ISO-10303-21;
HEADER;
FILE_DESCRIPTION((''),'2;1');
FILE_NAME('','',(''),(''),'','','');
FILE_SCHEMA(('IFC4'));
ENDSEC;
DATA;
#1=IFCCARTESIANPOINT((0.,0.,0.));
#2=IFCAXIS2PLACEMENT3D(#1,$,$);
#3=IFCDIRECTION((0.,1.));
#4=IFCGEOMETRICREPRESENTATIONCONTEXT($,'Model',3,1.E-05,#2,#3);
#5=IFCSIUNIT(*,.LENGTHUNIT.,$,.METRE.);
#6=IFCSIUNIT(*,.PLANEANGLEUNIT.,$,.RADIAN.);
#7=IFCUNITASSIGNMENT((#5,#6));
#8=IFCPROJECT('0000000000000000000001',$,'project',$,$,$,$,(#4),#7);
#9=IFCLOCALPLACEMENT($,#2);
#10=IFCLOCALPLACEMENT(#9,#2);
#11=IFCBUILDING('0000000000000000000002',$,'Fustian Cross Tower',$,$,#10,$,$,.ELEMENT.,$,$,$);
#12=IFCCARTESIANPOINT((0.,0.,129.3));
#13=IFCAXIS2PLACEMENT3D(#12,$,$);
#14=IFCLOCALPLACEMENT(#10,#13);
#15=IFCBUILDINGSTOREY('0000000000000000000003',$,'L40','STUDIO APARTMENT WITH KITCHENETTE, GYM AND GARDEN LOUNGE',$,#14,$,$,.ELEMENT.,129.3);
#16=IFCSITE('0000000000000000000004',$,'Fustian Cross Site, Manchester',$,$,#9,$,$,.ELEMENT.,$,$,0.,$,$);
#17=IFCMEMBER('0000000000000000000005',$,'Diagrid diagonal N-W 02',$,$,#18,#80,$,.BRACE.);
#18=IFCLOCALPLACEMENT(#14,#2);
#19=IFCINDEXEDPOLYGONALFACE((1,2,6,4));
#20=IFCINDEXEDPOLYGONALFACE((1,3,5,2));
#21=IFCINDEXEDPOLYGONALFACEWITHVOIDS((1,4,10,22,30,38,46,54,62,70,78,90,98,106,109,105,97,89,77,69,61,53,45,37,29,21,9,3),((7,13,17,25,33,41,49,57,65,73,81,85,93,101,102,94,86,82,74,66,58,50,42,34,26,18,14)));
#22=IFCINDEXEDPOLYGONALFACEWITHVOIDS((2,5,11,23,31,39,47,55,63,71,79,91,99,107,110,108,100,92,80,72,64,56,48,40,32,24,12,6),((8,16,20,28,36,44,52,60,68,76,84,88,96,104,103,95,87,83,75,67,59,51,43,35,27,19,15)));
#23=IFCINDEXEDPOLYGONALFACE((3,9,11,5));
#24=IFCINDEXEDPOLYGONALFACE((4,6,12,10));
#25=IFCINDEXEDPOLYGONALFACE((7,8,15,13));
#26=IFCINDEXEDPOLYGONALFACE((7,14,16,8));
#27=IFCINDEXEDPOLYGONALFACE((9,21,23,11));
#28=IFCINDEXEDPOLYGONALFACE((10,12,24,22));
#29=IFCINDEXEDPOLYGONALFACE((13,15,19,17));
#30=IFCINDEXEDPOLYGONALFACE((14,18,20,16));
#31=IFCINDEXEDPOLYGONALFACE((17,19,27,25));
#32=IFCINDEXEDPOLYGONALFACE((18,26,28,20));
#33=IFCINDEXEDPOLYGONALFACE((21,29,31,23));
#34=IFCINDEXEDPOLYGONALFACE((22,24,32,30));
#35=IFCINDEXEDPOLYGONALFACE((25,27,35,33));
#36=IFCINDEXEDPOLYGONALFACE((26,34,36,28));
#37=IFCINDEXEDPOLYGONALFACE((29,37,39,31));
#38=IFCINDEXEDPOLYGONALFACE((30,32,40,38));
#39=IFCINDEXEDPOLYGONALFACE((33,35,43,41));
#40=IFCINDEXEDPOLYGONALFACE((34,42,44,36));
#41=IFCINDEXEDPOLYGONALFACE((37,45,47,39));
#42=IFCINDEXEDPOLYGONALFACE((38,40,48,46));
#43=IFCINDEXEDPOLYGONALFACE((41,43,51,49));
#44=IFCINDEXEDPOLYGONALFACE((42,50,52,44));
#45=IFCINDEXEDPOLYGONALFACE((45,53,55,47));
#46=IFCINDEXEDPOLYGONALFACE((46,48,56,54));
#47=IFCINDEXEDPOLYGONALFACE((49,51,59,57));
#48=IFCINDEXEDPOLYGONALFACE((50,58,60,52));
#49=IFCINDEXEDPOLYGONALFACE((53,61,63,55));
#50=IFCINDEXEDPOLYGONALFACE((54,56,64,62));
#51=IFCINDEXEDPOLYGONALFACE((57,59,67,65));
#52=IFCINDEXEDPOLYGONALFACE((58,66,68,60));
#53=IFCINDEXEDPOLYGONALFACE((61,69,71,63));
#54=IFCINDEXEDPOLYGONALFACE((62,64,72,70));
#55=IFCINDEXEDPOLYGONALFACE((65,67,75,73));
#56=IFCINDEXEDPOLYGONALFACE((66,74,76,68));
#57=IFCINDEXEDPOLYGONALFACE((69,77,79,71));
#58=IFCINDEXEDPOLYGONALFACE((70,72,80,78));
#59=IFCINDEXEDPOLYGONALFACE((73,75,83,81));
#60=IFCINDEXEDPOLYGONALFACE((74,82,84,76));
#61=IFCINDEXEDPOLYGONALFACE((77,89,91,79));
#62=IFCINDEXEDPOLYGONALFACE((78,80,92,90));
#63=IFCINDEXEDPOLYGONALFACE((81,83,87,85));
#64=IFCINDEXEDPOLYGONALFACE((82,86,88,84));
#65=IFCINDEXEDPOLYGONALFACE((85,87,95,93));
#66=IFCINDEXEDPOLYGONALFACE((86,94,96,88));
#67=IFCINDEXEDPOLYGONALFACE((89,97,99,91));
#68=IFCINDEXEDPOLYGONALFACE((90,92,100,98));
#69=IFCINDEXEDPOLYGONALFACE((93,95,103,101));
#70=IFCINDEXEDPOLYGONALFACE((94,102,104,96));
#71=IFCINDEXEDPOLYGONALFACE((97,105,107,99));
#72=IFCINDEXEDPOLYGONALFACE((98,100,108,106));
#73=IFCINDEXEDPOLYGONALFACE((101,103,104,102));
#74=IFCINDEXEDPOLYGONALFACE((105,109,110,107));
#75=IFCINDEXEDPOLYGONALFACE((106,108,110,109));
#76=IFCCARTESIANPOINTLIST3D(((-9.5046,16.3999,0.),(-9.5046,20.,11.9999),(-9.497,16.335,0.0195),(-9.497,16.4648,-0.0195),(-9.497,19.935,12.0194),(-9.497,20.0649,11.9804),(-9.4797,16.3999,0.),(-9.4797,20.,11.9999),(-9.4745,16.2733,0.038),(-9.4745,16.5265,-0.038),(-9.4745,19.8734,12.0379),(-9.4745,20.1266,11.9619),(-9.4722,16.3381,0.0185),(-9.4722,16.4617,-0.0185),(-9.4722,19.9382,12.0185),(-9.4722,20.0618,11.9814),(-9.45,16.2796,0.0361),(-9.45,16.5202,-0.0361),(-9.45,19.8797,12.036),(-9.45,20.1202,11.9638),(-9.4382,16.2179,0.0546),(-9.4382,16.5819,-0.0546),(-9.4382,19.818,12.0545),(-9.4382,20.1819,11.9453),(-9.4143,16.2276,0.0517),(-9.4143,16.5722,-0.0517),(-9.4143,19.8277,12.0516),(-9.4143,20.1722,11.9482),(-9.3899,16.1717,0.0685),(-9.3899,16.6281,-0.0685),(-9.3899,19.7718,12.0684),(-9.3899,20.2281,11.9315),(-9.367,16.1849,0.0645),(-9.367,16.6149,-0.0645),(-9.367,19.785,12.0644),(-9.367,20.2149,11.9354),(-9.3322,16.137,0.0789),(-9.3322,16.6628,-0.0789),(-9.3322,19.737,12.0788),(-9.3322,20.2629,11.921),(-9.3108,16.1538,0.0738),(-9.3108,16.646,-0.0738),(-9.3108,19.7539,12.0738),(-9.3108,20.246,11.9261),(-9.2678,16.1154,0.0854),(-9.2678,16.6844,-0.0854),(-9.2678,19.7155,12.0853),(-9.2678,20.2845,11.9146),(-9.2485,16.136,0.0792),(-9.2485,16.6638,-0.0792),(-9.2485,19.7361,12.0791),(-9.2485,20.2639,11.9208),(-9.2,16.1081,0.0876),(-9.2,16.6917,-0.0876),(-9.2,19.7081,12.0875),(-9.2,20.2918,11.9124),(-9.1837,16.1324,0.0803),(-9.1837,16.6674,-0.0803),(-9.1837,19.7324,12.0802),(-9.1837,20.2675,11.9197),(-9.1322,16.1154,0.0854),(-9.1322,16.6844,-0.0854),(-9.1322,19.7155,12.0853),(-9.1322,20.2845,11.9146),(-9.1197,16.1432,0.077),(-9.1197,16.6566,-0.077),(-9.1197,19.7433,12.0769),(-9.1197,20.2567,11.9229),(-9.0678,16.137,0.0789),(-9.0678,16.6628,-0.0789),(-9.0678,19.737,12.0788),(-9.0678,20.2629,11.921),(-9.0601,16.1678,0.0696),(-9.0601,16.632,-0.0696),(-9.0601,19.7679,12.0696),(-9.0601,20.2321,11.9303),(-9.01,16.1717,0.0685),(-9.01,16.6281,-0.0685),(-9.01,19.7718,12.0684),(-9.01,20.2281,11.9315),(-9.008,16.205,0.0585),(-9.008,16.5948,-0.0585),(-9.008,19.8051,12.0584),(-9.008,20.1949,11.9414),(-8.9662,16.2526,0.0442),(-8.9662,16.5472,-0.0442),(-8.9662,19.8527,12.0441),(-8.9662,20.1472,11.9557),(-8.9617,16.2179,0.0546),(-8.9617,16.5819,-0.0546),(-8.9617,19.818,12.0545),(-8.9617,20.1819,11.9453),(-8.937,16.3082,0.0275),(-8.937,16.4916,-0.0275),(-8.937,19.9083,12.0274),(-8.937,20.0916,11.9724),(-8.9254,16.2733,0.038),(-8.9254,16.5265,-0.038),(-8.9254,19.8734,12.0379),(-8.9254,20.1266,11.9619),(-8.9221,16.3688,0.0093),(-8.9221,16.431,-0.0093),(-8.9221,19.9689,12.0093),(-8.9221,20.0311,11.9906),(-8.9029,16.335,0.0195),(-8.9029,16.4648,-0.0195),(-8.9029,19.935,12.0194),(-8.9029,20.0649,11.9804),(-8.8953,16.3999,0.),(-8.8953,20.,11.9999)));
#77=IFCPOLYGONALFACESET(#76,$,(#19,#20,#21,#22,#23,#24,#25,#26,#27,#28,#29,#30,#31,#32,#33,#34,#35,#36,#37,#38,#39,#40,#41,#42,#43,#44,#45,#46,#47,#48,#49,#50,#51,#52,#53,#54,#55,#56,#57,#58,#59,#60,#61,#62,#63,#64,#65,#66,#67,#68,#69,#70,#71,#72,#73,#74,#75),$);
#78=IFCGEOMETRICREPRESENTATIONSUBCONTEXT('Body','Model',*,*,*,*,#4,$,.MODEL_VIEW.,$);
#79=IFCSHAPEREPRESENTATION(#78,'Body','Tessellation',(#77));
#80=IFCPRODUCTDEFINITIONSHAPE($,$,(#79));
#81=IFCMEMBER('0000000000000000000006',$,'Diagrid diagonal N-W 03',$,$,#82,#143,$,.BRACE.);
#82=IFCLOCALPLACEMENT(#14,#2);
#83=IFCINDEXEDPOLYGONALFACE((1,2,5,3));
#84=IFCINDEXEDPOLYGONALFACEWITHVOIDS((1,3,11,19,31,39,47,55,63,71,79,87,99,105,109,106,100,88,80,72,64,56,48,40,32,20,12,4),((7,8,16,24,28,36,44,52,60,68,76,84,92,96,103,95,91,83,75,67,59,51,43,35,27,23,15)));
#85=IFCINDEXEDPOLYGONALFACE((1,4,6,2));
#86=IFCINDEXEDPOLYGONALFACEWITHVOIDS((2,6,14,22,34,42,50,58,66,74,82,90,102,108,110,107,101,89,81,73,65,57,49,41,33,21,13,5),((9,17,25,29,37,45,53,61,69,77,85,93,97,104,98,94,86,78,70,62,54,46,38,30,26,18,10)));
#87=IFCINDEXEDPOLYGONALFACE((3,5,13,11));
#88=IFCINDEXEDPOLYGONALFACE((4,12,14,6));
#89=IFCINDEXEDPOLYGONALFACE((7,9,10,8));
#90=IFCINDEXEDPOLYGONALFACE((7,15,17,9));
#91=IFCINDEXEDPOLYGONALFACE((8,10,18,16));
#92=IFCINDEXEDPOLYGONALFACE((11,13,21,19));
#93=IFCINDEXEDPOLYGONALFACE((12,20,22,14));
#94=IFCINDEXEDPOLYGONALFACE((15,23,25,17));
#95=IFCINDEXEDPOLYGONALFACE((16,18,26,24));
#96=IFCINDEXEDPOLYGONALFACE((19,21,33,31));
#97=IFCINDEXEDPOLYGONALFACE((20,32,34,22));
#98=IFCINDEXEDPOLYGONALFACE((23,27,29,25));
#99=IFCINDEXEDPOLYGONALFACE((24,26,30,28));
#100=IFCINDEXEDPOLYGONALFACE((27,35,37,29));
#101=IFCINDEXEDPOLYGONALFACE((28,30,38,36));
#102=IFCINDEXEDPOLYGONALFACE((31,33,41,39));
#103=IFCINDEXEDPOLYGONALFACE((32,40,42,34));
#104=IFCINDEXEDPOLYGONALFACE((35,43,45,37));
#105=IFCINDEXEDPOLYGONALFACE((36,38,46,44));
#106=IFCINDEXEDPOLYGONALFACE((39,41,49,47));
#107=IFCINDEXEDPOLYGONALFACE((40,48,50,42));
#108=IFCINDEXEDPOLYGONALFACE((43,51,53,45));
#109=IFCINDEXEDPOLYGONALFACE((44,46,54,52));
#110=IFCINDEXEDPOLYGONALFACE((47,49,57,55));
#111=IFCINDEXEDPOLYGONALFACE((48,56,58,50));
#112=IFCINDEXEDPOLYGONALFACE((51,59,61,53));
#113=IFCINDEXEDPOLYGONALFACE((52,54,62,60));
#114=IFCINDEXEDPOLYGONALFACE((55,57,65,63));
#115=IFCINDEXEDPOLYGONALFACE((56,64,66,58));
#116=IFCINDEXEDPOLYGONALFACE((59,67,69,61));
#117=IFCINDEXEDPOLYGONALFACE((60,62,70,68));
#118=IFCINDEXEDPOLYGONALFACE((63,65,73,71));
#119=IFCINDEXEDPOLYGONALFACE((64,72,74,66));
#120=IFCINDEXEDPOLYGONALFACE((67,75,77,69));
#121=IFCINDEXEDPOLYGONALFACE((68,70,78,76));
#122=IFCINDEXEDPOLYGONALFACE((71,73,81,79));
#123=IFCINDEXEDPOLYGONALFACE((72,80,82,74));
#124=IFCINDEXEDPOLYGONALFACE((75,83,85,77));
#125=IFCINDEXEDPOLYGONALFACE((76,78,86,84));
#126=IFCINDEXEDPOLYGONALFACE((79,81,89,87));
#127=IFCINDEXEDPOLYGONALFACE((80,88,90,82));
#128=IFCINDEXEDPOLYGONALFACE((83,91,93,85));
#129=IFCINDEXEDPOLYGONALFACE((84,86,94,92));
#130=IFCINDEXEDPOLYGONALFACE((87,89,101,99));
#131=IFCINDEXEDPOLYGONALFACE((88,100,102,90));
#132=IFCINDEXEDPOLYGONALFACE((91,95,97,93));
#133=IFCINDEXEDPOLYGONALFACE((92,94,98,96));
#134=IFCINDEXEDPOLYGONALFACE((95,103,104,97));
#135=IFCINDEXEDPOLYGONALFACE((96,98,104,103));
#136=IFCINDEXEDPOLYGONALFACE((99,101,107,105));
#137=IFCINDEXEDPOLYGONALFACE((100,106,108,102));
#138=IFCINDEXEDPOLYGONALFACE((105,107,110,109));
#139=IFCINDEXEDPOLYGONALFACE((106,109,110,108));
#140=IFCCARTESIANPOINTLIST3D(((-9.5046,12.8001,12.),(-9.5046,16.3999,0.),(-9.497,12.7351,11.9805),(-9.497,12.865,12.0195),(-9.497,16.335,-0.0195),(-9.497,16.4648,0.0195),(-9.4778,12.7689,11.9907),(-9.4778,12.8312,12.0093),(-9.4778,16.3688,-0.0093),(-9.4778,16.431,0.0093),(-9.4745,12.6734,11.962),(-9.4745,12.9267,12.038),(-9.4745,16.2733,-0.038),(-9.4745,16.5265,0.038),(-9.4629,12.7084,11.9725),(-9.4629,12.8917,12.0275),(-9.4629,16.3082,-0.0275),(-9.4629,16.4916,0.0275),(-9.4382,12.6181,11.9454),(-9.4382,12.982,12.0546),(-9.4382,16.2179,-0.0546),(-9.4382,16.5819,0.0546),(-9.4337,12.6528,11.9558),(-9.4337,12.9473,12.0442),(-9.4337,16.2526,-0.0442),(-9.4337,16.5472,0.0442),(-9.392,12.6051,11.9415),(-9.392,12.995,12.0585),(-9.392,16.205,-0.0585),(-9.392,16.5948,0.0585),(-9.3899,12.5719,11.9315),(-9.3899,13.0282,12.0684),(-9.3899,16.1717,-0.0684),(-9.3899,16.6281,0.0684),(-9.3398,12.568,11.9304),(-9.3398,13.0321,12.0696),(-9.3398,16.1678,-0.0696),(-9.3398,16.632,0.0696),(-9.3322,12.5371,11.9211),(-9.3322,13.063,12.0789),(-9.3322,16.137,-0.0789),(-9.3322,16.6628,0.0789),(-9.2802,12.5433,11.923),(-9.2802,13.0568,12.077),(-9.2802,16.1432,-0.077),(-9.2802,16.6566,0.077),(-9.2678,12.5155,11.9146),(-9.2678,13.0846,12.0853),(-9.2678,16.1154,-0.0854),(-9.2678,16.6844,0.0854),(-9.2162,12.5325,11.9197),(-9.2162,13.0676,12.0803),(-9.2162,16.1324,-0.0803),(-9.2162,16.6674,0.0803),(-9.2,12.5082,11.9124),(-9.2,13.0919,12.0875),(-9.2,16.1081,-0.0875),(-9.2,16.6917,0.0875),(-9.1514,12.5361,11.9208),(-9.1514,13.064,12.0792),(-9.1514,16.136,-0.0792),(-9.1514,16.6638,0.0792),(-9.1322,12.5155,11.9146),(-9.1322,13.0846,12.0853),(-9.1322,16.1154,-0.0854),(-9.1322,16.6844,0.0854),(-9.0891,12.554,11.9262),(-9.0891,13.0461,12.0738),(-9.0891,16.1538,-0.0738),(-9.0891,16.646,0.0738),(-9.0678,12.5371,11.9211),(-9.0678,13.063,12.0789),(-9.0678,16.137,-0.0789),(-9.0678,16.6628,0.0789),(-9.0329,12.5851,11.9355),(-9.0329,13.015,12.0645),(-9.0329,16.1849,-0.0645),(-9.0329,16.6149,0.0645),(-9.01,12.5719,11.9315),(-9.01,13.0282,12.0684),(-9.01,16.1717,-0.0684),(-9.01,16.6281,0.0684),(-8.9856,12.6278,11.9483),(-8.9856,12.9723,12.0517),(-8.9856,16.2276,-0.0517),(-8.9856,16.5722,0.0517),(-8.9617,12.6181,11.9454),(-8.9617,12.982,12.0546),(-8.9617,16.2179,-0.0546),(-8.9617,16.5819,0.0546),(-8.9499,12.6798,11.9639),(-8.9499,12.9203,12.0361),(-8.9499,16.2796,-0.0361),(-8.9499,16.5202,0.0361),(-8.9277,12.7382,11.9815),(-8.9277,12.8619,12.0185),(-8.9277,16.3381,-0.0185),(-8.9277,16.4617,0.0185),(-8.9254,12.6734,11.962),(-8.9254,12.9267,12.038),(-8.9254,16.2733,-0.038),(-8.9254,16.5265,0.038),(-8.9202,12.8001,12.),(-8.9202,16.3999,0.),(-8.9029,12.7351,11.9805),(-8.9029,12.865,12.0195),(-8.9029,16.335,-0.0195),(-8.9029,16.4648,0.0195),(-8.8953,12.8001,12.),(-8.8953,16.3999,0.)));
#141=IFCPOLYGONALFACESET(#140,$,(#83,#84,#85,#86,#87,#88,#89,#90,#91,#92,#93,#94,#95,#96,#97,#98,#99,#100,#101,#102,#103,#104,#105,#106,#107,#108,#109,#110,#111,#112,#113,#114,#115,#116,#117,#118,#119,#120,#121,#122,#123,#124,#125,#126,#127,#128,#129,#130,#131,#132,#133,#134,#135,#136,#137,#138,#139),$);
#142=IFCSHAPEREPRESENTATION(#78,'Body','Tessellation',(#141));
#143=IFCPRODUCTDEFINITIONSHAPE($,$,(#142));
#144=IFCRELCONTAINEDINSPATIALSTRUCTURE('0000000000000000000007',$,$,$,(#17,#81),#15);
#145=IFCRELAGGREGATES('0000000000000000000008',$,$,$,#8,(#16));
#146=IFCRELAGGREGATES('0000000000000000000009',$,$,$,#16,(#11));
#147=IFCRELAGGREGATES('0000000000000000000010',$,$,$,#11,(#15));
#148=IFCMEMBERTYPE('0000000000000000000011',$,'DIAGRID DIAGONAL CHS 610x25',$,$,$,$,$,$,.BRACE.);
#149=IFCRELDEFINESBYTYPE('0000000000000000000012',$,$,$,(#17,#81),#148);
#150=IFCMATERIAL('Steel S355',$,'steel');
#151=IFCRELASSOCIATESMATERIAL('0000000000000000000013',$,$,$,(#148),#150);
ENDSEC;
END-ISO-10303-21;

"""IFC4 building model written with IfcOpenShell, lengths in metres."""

from ifc_helpers import new_model, si_unit, direction, frame, origin, origin_2d, place, context, subcontext, project, spatial, hollow_circle, extrude, material, material_profile, profile_set, type_object, element, save


model = new_model("IFC4")

# Units and contexts
model_context = context("Model", 3, precision=1e-05, world=origin(), true_north=direction((0.0, 1.0)))
body_context = subcontext(model_context, "Body", "Model", "MODEL_VIEW")
ifc_project = project(units=[si_unit("LENGTHUNIT", "METRE"), si_unit("PLANEANGLEUNIT", "RADIAN")], contexts=[model_context])

# Site, building, storey
site_placement = place(None, origin())
site = spatial("IfcSite", under=ifc_project, at=site_placement, Name="Fustian Cross Site, Manchester", CompositionType="ELEMENT", RefElevation=0.0)
building_placement = place(site_placement, origin())
building = spatial("IfcBuilding", under=site, at=building_placement, Name="Fustian Cross Tower", CompositionType="ELEMENT")
storey_placement = place(building_placement, frame((0.0, 0.0, 129.3)))
storey = spatial("IfcBuildingStorey", under=building, at=storey_placement, Name="L40", Description="STUDIO APARTMENT WITH KITCHENETTE, GYM AND GARDEN LOUNGE", CompositionType="ELEMENT", Elevation=129.3)

# Members
ifc_material_1 = material(Name="Steel S355", Category="steel")
ifc_material_profile_1 = material_profile(ifc_material_1, hollow_circle(Radius=0.3047, WallThickness=0.0249, at=origin_2d()), Name="CHS 610x25")
ifc_profile_set_1 = profile_set([ifc_material_profile_1], Name="Steel S355")
member_type_1 = type_object("IfcMemberType", Name="DIAGRID DIAGONAL CHS 610x25", PredefinedType="BRACE", material=ifc_profile_set_1)
for number, where, z_axis, x_axis, name in (
    (1, (-9.2, 16.3999, 0.0), (0.0, 0.287355, 0.957824), (-1.0, 0.0, 0.0), "Diagrid diagonal N-W 02"),
    (2, (-9.2, 16.3999, 0.0), (0.0, -0.287337, 0.95783), (1.0, 0.0, 0.0), "Diagrid diagonal N-W 03"),
):
    element("IfcMember", number, at=place(storey_placement, frame(where, z_axis=z_axis, x_axis=x_axis)), inside=storey, type_object=member_type_1, Name=name, PredefinedType="BRACE", context=body_context, shape_type="SweptSolid", body=[
        extrude(hollow_circle(Radius=0.3047, WallThickness=0.0249, at=origin_2d()), origin(), (0.0, 0.0, 1.0), 12.5283),
    ])

save(model, "model.ifc")
